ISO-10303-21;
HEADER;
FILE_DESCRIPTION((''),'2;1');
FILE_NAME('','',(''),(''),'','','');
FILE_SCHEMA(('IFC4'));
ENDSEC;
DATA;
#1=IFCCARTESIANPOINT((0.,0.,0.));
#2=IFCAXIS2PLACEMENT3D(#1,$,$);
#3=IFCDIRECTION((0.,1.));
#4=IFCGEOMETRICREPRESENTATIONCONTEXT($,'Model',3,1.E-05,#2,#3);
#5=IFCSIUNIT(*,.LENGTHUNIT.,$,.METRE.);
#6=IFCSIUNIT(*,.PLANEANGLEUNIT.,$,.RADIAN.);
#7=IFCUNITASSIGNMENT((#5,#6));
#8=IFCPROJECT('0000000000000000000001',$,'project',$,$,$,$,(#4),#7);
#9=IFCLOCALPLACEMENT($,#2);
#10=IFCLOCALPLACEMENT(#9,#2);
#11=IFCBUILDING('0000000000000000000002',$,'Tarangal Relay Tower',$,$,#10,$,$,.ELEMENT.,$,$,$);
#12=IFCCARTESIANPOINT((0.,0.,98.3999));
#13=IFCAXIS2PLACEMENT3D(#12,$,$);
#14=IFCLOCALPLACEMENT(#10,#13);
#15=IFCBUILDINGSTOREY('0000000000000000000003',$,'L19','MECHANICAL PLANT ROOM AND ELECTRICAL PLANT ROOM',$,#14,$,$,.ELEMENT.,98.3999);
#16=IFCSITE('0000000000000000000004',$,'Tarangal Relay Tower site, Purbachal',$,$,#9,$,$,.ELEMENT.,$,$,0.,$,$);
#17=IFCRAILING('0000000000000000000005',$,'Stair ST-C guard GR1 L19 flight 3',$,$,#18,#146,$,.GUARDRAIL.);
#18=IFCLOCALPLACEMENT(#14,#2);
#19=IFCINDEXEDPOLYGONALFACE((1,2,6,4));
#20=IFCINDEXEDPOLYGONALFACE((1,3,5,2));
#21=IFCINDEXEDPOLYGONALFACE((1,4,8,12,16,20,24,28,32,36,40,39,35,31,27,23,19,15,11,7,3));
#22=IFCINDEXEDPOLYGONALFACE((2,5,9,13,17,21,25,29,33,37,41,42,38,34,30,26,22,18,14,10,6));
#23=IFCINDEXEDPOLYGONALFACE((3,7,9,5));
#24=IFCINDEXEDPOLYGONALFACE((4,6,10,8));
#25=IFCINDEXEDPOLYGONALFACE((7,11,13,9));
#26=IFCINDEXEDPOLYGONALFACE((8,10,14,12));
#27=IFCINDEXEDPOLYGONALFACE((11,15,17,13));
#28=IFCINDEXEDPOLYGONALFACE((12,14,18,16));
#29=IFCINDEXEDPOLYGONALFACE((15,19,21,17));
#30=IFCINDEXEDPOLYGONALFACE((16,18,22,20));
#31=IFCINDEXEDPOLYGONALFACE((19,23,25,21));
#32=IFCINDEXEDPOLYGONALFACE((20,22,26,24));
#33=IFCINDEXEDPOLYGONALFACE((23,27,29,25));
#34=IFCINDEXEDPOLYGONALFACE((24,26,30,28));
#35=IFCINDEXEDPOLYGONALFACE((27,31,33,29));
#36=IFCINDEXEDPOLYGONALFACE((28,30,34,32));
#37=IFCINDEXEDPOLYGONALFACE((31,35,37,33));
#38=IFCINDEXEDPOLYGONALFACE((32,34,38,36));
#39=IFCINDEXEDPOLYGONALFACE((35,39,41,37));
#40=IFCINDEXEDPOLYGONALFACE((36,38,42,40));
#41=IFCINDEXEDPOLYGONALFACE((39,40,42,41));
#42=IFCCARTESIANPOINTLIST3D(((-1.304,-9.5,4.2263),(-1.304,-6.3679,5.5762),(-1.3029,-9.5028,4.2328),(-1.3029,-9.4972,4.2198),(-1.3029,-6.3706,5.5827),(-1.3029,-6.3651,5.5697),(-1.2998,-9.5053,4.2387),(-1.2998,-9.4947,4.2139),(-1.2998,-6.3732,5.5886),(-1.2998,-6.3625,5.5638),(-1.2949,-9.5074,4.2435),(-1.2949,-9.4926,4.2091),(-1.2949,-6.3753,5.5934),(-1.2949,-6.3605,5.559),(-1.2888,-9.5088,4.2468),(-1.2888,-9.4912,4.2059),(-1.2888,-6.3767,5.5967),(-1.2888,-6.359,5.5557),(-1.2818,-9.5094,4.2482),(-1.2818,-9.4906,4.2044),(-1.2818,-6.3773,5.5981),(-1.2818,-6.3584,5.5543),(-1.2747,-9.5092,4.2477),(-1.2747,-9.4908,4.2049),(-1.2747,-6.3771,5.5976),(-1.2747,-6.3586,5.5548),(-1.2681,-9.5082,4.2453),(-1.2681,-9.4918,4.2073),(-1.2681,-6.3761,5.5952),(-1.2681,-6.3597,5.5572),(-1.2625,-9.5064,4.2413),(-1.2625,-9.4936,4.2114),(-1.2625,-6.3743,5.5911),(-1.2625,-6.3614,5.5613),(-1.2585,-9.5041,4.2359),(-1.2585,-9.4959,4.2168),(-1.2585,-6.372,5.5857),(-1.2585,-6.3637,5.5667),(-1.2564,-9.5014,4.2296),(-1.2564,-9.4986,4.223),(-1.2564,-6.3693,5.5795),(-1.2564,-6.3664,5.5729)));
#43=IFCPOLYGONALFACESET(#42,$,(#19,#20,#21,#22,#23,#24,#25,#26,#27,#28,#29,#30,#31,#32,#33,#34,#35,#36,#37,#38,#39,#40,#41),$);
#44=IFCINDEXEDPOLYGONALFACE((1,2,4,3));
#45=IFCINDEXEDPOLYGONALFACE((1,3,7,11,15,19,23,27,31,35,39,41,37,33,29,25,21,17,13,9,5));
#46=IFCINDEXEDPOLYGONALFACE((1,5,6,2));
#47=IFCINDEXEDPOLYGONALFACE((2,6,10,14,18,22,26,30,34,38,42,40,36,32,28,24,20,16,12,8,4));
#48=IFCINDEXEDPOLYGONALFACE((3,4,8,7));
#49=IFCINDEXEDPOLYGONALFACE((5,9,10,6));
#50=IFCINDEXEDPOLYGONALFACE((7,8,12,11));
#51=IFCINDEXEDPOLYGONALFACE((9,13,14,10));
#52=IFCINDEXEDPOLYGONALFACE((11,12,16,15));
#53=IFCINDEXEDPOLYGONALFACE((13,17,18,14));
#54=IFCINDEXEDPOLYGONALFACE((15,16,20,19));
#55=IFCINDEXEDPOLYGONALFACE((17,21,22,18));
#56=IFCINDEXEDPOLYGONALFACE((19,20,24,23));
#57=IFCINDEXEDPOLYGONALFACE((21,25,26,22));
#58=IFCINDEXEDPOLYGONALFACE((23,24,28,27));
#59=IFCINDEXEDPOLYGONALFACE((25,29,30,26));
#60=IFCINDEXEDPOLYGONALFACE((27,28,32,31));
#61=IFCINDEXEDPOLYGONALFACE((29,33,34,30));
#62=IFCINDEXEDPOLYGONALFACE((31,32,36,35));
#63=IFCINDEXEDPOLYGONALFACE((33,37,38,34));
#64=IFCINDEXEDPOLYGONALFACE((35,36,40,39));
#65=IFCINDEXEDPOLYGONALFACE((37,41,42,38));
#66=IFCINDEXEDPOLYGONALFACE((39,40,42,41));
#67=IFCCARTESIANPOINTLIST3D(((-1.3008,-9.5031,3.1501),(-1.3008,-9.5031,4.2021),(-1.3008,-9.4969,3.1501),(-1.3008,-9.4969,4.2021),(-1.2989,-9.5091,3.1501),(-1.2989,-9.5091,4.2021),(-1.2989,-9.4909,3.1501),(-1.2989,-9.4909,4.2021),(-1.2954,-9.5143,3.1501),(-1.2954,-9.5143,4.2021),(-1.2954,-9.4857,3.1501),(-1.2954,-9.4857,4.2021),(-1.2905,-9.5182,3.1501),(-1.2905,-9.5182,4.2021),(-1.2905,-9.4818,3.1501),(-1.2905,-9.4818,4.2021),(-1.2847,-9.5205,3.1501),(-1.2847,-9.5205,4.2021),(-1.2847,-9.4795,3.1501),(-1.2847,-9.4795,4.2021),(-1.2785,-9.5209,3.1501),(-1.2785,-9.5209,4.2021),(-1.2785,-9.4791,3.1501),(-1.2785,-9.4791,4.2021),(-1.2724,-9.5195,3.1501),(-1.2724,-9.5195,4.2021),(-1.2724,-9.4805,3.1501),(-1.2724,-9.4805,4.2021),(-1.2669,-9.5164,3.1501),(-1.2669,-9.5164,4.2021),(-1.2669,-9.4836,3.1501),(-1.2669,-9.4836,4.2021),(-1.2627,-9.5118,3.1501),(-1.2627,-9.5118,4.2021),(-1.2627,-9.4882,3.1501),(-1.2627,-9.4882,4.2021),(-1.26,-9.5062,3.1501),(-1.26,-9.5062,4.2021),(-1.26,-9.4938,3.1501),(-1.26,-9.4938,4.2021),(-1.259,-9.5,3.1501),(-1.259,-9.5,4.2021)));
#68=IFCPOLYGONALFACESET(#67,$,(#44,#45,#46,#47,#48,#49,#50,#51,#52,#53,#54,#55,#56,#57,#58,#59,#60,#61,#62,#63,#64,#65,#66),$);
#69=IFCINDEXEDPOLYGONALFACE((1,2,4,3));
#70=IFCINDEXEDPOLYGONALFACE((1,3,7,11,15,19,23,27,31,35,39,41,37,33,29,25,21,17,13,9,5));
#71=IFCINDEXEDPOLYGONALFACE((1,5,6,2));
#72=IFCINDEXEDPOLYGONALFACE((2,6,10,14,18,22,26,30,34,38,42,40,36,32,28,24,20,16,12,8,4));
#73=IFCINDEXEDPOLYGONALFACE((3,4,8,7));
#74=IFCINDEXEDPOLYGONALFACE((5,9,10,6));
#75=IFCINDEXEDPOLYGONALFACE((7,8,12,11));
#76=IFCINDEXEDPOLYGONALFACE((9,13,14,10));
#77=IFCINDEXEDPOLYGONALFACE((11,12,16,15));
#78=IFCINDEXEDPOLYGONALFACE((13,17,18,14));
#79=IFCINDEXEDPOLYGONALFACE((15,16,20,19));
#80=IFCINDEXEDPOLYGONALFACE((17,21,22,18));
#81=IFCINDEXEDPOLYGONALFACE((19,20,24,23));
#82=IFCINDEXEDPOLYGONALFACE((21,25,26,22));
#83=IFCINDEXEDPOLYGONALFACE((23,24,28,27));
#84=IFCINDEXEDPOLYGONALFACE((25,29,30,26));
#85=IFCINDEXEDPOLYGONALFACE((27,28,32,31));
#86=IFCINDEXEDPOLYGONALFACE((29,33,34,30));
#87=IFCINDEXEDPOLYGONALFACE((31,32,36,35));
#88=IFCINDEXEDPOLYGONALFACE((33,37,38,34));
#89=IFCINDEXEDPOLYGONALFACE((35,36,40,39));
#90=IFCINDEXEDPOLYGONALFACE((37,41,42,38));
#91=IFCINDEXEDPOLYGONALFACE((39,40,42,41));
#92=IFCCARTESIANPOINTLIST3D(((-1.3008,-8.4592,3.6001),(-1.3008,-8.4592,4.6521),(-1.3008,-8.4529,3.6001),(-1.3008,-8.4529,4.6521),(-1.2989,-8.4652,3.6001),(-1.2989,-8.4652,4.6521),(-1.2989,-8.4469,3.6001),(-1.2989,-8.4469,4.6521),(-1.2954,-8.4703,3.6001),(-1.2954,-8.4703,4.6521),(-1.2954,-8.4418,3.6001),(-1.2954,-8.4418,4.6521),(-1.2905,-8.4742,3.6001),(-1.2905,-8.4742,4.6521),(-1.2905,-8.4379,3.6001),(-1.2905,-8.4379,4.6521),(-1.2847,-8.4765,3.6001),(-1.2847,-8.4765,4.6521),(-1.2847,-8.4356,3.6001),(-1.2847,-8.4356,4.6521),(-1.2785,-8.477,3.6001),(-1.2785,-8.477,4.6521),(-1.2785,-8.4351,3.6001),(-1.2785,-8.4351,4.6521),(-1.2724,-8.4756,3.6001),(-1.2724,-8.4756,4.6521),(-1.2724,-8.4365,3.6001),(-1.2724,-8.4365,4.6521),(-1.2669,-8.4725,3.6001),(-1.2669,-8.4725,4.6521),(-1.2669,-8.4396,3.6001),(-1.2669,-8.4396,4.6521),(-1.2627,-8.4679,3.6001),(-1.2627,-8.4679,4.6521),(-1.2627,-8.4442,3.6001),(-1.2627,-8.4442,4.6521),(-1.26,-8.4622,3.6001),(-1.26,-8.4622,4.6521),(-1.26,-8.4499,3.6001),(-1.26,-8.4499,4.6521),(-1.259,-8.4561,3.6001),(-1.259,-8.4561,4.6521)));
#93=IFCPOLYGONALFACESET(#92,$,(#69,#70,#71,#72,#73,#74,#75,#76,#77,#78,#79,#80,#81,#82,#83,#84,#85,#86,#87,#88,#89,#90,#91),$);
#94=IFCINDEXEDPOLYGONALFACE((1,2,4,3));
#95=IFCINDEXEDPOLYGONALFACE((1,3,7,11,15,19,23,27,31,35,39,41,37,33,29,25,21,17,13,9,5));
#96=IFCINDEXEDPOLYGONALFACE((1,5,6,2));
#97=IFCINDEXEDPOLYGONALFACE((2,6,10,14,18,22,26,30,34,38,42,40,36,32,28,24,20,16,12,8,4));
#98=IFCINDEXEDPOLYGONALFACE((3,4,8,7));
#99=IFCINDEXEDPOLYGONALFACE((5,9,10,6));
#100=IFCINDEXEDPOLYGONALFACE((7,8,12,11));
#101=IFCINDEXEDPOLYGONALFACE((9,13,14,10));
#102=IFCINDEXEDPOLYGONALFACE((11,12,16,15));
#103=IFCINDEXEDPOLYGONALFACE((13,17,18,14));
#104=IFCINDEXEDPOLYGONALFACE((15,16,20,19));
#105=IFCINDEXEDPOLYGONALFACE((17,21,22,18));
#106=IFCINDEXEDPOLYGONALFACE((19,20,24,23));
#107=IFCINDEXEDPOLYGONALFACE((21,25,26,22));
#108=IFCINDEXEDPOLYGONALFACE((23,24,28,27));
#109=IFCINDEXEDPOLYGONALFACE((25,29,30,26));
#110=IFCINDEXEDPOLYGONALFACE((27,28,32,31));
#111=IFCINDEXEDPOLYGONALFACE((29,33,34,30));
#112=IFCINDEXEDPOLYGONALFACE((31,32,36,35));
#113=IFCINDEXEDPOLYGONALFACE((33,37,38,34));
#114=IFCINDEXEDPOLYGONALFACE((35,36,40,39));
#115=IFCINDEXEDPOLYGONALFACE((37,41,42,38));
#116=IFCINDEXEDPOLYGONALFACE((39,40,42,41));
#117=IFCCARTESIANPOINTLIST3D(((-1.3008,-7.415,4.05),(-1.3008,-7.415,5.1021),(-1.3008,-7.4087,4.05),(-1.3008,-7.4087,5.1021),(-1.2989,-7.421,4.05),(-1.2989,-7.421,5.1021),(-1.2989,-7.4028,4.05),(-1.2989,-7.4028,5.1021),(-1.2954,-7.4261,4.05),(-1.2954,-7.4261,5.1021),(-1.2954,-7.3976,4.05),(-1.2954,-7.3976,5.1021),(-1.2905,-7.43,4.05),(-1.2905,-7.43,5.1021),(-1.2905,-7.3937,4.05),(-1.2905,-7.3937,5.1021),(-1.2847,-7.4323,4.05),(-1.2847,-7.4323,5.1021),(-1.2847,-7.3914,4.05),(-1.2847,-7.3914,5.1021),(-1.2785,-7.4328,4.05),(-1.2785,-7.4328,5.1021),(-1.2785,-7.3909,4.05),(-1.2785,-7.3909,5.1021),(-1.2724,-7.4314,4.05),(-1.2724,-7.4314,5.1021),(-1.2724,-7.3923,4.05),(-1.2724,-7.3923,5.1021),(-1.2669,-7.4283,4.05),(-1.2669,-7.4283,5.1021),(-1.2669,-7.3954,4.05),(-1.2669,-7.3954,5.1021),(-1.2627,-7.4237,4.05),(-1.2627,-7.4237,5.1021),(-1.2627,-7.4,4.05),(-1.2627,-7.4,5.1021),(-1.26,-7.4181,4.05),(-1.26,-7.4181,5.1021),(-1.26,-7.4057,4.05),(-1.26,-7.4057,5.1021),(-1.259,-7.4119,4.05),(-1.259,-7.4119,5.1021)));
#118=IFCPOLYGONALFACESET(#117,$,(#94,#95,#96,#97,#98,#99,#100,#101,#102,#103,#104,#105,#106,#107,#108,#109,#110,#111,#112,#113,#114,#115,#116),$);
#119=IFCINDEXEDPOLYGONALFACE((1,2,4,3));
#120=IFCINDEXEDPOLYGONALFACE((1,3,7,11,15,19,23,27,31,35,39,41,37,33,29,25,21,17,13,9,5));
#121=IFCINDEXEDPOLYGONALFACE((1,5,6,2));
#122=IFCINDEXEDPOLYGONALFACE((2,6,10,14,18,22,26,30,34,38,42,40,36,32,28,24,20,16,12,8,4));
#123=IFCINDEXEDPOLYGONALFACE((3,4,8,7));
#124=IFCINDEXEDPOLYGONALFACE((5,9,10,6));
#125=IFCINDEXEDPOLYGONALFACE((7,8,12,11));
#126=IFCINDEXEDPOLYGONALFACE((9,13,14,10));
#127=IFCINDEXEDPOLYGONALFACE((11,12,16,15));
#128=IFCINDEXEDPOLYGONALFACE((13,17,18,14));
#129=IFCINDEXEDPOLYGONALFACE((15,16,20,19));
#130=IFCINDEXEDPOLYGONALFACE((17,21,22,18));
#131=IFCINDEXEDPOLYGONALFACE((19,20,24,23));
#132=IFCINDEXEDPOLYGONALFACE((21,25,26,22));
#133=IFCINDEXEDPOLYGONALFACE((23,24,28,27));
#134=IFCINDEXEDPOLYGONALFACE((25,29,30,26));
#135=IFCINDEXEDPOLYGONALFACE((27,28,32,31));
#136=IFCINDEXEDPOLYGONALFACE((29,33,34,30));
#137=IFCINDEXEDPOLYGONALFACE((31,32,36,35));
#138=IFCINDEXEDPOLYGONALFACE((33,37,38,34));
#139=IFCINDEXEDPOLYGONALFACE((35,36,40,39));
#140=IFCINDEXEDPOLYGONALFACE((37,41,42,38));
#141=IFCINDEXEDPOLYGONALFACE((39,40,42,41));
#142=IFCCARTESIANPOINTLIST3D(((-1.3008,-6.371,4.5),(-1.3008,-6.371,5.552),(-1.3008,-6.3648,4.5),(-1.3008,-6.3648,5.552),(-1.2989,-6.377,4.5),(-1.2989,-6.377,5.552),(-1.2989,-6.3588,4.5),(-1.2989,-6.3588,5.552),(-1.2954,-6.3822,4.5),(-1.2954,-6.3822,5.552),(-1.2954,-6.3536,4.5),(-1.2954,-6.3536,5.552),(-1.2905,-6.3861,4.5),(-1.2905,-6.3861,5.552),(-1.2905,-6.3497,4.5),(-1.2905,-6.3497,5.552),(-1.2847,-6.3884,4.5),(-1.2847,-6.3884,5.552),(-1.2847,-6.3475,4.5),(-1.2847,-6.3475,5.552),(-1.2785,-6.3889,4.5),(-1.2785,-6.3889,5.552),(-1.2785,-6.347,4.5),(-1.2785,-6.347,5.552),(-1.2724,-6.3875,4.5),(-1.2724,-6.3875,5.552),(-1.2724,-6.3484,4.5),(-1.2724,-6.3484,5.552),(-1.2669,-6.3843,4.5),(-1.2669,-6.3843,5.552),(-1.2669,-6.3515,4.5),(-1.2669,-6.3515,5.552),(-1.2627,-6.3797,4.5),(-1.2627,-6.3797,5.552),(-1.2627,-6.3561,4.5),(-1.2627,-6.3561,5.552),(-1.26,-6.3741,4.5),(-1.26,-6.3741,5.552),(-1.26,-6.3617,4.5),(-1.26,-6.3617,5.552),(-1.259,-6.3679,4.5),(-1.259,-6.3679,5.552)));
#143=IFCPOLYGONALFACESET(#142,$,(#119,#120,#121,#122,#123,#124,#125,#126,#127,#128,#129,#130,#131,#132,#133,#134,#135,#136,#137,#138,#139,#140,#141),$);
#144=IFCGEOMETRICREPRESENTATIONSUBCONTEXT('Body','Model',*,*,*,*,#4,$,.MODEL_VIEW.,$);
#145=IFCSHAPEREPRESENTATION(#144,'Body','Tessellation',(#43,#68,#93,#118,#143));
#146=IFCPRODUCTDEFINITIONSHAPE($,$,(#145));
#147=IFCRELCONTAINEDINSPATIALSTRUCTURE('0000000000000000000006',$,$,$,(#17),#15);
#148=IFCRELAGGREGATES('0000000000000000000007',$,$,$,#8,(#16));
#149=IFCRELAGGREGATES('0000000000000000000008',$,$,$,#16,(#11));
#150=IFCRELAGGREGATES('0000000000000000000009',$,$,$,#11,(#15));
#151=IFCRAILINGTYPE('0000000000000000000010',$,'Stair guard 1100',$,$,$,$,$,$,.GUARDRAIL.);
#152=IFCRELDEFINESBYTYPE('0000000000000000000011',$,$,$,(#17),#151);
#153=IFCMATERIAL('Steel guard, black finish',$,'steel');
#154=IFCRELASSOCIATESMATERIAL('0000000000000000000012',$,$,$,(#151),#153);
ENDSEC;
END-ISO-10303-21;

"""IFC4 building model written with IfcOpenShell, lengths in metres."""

from ifc_helpers import new_model, si_unit, direction, frame, origin, origin_2d, place, context, subcontext, project, spatial, circle, extrude, material, type_object, element, save


model = new_model("IFC4")

# Units and contexts
model_context = context("Model", 3, precision=1e-05, world=origin(), true_north=direction((0.0, 1.0)))
body_context = subcontext(model_context, "Body", "Model", "MODEL_VIEW")
ifc_project = project(units=[si_unit("LENGTHUNIT", "METRE"), si_unit("PLANEANGLEUNIT", "RADIAN")], contexts=[model_context])

# Site, building, storey
site_placement = place(None, origin())
site = spatial("IfcSite", under=ifc_project, at=site_placement, Name="Tarangal Relay Tower site, Purbachal", CompositionType="ELEMENT", RefElevation=0.0)
building_placement = place(site_placement, origin())
building = spatial("IfcBuilding", under=site, at=building_placement, Name="Tarangal Relay Tower", CompositionType="ELEMENT")
storey_placement = place(building_placement, frame((0.0, 0.0, 98.3999)))
storey = spatial("IfcBuildingStorey", under=building, at=storey_placement, Name="L19", Description="MECHANICAL PLANT ROOM AND ELECTRICAL PLANT ROOM", CompositionType="ELEMENT", Elevation=98.3999)

# Railing
ifc_material_1 = material(Name="Steel guard, black finish", Category="steel")
railing_type_1 = type_object("IfcRailingType", Name="Stair guard 1100", PredefinedType="GUARDRAIL", material=ifc_material_1)
for number, where, name in (
    (1, (-1.28, -9.5, 3.1501), "Stair ST-C guard GR1 L19 flight 3"),
):
    element("IfcRailing", number, at=place(storey_placement, frame(where)), inside=storey, type_object=railing_type_1, Name=name, PredefinedType="GUARDRAIL", context=body_context, shape_type="SweptSolid", body=[
        extrude(circle(Radius=0.0239, at=origin_2d()), frame((0.0, 0.0, 1.0762), z_axis=(0.0, 0.918343, 0.395785), x_axis=(-1.0, 0.0, 0.0)), (0.0, 0.0, 1.0), 3.4106),
        extrude(circle(Radius=0.021, at=origin_2d()), origin(), (0.0, 0.0, 1.0), 1.052),
        extrude(circle(Radius=0.021, at=origin_2d()), frame((0.0, 1.0439, 0.45)), (0.0, 0.0, 1.0), 1.052),
        extrude(circle(Radius=0.021, at=origin_2d()), frame((0.0, 2.0881, 0.8999)), (0.0, 0.0, 1.0), 1.052),
        extrude(circle(Radius=0.021, at=origin_2d()), frame((0.0, 3.1321, 1.3499)), (0.0, 0.0, 1.0), 1.052),
    ])

save(model, "model.ifc")
